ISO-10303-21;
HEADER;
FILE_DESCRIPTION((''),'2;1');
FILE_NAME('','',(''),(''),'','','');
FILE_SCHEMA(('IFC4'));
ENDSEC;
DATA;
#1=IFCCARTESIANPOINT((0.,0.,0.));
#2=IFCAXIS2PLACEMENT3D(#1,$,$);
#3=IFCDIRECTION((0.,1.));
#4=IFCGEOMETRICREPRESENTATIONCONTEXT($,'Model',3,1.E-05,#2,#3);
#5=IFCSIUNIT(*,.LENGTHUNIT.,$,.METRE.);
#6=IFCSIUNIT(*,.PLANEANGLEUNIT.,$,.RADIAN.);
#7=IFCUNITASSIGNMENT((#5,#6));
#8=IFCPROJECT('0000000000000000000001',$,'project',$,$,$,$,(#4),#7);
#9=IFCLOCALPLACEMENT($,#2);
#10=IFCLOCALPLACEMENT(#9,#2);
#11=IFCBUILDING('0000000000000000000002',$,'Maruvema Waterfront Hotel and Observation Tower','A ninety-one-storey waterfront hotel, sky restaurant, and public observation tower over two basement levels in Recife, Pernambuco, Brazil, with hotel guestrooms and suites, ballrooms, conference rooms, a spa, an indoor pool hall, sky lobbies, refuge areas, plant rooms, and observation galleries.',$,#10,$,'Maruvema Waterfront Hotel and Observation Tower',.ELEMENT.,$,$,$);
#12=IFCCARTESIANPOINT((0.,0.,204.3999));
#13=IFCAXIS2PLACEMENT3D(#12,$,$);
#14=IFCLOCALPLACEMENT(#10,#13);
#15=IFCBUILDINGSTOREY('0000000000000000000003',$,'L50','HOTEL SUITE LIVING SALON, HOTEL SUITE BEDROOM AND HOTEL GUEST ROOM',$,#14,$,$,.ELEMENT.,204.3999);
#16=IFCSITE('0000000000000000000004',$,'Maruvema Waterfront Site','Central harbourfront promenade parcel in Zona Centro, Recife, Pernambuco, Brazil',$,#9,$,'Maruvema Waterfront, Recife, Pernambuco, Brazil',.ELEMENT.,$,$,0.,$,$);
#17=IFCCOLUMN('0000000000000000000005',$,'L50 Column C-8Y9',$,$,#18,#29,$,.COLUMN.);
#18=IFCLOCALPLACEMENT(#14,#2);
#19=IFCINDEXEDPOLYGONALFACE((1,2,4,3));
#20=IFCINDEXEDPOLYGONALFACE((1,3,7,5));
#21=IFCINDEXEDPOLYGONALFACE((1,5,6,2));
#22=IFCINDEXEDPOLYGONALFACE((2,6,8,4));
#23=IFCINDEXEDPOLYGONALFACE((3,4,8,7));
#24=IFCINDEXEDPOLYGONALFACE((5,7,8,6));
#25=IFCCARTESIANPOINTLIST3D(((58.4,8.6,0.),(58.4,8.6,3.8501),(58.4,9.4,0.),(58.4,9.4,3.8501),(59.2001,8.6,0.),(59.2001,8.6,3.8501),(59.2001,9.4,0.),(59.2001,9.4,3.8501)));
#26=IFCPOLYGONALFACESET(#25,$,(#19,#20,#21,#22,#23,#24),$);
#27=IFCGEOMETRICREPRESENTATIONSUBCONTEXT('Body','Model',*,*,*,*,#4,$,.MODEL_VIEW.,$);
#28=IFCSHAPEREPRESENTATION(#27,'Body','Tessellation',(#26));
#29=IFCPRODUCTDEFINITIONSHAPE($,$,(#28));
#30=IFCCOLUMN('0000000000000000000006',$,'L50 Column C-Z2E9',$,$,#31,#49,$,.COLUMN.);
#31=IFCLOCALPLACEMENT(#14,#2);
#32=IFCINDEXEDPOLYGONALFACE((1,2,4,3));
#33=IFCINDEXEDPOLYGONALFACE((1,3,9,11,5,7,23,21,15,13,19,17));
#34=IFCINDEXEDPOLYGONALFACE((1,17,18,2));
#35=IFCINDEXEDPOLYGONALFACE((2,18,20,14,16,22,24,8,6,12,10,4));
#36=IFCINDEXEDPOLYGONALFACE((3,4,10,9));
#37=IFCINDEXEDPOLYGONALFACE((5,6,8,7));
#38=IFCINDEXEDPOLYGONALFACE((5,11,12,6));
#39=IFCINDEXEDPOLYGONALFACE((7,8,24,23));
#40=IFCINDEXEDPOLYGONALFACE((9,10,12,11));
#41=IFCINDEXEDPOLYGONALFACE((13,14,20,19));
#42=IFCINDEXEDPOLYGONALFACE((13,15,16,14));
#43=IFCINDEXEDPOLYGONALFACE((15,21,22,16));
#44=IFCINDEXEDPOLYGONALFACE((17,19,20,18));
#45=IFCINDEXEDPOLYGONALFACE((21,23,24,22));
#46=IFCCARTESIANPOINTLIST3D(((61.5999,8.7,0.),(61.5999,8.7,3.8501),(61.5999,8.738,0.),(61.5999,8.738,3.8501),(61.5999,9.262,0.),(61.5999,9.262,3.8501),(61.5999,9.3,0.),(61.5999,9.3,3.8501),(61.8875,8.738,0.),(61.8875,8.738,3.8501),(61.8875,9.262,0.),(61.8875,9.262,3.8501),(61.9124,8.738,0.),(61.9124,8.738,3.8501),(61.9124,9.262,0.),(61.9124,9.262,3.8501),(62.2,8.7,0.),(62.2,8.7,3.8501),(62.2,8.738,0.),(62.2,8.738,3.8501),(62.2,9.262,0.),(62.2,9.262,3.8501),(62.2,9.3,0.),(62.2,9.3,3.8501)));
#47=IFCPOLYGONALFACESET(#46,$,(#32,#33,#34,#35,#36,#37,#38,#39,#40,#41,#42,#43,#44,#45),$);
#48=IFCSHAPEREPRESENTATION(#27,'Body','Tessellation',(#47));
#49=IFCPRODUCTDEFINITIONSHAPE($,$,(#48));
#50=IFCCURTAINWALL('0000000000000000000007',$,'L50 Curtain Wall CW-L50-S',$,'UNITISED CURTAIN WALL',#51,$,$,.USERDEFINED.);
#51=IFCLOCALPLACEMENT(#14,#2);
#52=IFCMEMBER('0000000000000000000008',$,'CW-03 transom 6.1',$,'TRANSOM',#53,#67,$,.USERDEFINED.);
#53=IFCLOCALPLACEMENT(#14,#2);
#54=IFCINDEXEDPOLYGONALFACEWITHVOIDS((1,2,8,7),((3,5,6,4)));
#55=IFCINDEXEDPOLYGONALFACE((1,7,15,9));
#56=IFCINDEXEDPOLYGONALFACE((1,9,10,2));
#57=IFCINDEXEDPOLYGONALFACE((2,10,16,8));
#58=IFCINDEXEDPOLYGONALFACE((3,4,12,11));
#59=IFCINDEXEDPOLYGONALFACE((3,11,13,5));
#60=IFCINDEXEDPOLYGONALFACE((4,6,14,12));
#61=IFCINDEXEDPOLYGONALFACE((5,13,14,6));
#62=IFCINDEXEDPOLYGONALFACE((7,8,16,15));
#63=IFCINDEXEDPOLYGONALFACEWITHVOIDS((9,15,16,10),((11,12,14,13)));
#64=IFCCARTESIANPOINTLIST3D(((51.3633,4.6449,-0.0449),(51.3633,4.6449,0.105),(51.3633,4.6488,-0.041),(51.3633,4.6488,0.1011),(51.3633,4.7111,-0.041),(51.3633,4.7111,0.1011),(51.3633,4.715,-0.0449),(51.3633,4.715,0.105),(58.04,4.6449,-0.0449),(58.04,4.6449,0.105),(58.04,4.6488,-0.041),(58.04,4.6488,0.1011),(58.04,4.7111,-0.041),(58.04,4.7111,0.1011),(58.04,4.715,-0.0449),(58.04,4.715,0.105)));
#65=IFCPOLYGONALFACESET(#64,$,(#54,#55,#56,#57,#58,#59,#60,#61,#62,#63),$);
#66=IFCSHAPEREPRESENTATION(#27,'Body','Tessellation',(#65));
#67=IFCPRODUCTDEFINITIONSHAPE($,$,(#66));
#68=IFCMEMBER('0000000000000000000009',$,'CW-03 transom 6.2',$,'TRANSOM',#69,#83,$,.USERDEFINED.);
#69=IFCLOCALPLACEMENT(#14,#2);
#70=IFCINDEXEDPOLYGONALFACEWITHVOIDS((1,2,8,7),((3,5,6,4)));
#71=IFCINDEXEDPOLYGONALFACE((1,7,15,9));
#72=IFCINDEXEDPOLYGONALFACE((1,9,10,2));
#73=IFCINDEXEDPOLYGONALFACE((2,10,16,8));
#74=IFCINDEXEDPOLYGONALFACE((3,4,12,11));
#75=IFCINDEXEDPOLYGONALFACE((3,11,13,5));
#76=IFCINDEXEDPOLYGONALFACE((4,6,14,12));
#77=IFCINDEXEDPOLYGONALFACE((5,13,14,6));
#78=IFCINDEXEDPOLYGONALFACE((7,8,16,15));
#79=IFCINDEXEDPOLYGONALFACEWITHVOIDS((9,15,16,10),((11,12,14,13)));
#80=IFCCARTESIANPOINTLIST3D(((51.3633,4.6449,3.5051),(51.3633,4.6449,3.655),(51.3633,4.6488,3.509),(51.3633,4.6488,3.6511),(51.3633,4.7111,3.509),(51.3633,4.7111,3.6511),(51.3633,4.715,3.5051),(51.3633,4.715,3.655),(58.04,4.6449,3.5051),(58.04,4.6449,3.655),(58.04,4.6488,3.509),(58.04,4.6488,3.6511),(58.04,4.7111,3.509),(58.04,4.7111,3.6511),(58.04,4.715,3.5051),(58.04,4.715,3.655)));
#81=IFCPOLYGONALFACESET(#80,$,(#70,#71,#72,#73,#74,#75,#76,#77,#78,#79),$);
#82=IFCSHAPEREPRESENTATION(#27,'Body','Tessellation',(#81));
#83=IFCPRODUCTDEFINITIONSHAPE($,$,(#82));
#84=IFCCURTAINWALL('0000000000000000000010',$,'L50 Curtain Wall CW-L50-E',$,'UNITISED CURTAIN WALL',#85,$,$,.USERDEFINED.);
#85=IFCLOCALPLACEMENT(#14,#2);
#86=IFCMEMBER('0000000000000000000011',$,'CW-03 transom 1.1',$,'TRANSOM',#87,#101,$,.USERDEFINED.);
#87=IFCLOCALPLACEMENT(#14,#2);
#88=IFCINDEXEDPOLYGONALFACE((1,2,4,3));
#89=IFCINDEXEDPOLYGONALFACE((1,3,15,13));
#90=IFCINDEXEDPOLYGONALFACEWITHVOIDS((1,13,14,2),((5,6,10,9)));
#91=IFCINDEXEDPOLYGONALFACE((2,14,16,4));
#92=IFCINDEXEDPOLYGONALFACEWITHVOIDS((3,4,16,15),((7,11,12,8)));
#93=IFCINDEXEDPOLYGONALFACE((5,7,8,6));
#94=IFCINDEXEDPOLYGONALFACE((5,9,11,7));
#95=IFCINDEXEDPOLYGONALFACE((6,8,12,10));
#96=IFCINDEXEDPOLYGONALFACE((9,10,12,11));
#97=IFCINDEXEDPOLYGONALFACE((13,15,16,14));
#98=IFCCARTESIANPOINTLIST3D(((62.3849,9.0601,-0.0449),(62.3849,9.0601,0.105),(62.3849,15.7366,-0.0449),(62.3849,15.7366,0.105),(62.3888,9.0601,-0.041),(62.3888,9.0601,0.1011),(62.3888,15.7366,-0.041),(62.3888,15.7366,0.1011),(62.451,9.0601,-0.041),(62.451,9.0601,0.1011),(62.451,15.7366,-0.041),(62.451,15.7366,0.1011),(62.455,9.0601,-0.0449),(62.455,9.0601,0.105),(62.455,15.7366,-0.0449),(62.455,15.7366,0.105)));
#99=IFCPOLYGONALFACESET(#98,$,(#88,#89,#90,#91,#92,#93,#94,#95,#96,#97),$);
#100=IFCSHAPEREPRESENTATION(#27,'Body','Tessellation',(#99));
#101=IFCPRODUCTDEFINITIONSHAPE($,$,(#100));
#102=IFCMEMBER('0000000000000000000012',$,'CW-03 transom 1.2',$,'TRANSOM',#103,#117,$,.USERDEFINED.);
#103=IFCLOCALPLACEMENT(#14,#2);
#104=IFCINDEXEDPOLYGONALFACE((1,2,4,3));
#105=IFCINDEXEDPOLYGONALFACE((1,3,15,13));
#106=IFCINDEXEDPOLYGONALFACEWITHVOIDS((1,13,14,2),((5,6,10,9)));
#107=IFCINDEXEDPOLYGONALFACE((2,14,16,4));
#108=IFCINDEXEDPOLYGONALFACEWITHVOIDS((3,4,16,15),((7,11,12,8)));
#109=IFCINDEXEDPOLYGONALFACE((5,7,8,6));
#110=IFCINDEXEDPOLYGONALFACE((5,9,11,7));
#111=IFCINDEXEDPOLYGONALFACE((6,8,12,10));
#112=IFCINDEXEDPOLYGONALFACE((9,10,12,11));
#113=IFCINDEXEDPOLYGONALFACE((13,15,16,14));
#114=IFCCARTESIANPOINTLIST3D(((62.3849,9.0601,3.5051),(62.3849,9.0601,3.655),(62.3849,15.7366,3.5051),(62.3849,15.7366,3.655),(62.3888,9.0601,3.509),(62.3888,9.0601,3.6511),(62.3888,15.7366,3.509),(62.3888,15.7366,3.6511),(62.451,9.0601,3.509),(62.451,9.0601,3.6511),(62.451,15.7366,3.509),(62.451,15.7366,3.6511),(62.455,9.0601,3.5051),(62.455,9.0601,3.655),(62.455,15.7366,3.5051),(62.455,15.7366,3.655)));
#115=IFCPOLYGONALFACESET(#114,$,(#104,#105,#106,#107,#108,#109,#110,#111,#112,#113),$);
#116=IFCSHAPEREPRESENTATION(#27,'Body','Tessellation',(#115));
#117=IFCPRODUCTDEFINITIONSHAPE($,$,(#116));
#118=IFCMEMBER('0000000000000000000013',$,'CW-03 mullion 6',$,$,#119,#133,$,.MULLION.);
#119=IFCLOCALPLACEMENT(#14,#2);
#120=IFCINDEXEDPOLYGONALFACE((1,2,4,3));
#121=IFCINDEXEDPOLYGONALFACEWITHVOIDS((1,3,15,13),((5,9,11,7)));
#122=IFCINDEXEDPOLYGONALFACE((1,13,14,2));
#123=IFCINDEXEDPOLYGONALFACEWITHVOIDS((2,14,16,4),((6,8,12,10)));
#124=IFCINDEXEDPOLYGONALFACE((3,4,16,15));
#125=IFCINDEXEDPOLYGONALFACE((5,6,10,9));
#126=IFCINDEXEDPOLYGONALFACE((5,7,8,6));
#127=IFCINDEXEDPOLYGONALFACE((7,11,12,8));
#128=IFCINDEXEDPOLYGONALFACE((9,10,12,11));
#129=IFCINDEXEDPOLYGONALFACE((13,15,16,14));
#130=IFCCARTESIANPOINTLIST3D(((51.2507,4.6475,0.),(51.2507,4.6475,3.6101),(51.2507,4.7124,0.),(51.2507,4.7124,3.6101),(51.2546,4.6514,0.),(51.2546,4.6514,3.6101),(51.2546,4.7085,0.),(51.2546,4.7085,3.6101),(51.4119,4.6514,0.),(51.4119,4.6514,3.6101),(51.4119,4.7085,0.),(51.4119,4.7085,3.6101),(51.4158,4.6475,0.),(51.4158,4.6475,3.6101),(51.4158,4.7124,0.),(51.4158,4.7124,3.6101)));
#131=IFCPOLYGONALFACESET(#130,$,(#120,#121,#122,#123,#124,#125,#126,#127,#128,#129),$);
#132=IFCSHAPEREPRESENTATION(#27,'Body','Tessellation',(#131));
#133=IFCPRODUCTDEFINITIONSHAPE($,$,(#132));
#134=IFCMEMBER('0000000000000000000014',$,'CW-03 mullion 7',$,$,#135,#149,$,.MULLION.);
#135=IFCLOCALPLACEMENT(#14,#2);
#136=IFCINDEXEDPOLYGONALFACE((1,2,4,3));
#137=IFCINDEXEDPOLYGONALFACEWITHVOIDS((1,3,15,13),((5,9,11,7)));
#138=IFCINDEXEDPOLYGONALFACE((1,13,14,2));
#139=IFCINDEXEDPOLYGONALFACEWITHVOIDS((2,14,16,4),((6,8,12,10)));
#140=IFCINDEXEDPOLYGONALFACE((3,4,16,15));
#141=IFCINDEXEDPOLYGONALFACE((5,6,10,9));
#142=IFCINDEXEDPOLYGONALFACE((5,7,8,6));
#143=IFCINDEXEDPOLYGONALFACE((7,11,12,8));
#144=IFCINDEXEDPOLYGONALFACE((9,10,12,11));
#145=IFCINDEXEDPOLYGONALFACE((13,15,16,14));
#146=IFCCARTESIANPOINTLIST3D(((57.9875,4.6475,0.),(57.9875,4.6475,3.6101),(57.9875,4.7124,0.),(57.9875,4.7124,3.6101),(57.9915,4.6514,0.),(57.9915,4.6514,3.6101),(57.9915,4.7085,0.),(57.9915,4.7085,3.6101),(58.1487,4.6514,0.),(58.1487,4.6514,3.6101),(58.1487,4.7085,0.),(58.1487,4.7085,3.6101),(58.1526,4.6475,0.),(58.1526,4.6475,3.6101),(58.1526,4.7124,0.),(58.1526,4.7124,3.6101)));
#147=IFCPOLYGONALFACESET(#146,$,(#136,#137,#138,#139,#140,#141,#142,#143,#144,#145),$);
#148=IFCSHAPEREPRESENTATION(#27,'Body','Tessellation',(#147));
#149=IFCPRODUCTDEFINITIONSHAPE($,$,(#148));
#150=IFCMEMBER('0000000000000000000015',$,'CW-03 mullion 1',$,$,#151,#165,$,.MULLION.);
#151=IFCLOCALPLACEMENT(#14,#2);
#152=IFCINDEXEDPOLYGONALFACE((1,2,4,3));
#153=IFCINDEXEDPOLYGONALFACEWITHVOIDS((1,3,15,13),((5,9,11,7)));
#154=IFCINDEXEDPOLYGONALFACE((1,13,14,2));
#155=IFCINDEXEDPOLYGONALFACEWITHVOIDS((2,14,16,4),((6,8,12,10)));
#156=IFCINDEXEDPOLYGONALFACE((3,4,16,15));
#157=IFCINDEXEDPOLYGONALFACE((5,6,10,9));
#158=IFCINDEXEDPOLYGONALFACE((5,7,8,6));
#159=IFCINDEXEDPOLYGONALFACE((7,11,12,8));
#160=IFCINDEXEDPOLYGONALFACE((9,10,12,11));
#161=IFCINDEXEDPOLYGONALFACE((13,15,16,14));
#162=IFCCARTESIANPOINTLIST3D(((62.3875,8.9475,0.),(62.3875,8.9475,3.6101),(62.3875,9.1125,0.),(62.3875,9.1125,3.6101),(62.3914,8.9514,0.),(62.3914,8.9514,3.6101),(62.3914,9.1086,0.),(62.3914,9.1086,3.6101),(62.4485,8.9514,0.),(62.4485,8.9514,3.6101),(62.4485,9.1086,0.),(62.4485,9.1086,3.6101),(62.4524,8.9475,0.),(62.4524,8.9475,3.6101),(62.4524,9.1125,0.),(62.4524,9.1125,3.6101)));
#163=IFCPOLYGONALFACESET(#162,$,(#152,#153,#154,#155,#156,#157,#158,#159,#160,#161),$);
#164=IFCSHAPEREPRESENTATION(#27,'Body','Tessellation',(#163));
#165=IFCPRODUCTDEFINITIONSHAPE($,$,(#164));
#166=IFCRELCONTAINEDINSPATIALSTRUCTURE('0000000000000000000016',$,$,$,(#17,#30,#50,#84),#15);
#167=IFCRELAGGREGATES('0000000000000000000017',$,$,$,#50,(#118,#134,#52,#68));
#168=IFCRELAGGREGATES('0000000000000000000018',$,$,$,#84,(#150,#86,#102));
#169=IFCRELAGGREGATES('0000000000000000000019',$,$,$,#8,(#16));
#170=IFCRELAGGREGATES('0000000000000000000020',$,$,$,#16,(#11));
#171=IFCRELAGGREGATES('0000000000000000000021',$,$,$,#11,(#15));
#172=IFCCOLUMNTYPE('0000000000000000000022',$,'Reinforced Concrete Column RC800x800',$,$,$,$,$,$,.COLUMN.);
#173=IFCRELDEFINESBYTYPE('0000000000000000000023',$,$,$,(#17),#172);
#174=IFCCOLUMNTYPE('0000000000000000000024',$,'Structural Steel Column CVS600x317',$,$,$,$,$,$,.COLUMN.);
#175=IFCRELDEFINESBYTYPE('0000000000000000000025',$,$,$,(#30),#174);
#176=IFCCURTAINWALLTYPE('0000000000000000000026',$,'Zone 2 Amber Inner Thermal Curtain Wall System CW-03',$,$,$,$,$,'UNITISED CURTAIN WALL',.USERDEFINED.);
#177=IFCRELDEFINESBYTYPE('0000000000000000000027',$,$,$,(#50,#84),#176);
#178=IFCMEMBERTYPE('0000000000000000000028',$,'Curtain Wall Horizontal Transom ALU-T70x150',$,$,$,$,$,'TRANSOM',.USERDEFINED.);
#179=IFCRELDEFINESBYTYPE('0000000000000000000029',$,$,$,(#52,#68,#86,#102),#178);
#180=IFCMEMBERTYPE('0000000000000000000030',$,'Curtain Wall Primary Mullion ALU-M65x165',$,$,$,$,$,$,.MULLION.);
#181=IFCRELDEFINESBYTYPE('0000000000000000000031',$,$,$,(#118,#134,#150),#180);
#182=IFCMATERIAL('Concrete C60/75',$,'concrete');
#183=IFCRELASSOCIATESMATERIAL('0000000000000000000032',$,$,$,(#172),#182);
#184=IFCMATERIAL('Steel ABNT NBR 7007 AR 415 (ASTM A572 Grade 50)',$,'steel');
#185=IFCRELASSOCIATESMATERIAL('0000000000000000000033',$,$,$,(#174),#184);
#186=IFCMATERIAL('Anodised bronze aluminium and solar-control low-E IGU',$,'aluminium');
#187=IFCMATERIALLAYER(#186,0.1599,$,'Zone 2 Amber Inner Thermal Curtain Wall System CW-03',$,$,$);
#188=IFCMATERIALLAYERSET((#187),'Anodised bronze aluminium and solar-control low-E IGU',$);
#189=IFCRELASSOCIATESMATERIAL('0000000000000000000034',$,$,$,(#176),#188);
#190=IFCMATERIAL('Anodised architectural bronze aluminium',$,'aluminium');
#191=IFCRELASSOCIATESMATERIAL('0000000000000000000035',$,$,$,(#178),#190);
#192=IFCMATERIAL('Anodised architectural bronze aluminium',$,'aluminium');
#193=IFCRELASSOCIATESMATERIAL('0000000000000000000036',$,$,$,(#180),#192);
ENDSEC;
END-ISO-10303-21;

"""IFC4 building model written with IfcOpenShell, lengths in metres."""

from ifc_helpers import new_model, si_unit, direction, frame, origin, origin_2d, place, context, subcontext, project, spatial, rectangle, hollow_rectangle, i_section, extrude, material, layer, layer_set, material_profile, profile_set, type_object, element, aggregate, save


model = new_model("IFC4")

# Units and contexts
model_context = context("Model", 3, precision=1e-05, world=origin(), true_north=direction((0.0, 1.0)))
body_context = subcontext(model_context, "Body", "Model", "MODEL_VIEW")
ifc_project = project(units=[si_unit("LENGTHUNIT", "METRE"), si_unit("PLANEANGLEUNIT", "RADIAN")], contexts=[model_context])

# Site, building, storey
site_placement = place(None, origin())
site = spatial("IfcSite", under=ifc_project, at=site_placement, Name="Maruvema Waterfront Site", Description="Central harbourfront promenade parcel in Zona Centro, Recife, Pernambuco, Brazil", LongName="Maruvema Waterfront, Recife, Pernambuco, Brazil", CompositionType="ELEMENT", RefElevation=0.0)
building_placement = place(site_placement, origin())
building = spatial("IfcBuilding", under=site, at=building_placement, Name="Maruvema Waterfront Hotel and Observation Tower", Description="A ninety-one-storey waterfront hotel, sky restaurant, and public observation tower over two basement levels in Recife, Pernambuco, Brazil, with hotel guestrooms and suites, ballrooms, conference rooms, a spa, an indoor pool hall, sky lobbies, refuge areas, plant rooms, and observation galleries.", LongName="Maruvema Waterfront Hotel and Observation Tower", CompositionType="ELEMENT")
storey_placement = place(building_placement, frame((0.0, 0.0, 204.3999)))
storey = spatial("IfcBuildingStorey", under=building, at=storey_placement, Name="L50", Description="HOTEL SUITE LIVING SALON, HOTEL SUITE BEDROOM AND HOTEL GUEST ROOM", CompositionType="ELEMENT", Elevation=204.3999)

# Columns
ifc_material_1 = material(Name="Concrete C60/75", Category="concrete")
ifc_material_profile_1 = material_profile(ifc_material_1, rectangle(XDim=0.8, YDim=0.8, at=origin_2d()), Name="RC800x800")
ifc_profile_set_1 = profile_set([ifc_material_profile_1], Name="Concrete C60/75")
column_type_1 = type_object("IfcColumnType", Name="Reinforced Concrete Column RC800x800", PredefinedType="COLUMN", material=ifc_profile_set_1)
column_1_placement = place(storey_placement, frame((58.8, 9.0, 0.0), z_axis=(0.0, 0.0, 1.0), x_axis=(1.0, 0.0, 0.0)))
element("IfcColumn", 1, at=column_1_placement, inside=storey, type_object=column_type_1, Name="L50 Column C-8Y9", PredefinedType="COLUMN", context=body_context, shape_type="SweptSolid", body=[
    extrude(rectangle(XDim=0.8, YDim=0.8, at=origin_2d()), origin(), (0.0, 0.0, 1.0), 3.8501),
])
ifc_material_2 = material(Name="Steel ABNT NBR 7007 AR 415 (ASTM A572 Grade 50)", Category="steel")
ifc_material_profile_2 = material_profile(ifc_material_2, i_section(OverallWidth=0.6001, OverallDepth=0.6001, WebThickness=0.0249, FlangeThickness=0.0381, at=origin_2d()), Name="CVS600x317")
ifc_profile_set_2 = profile_set([ifc_material_profile_2], Name="Steel ABNT NBR 7007 AR 415 (ASTM A572 Grade 50)")
column_type_2 = type_object("IfcColumnType", Name="Structural Steel Column CVS600x317", PredefinedType="COLUMN", material=ifc_profile_set_2)
column_2_placement = place(storey_placement, frame((61.8999, 9.0, 0.0), z_axis=(0.0, 0.0, 1.0), x_axis=(1.0, 0.0, 0.0)))
element("IfcColumn", 2, at=column_2_placement, inside=storey, type_object=column_type_2, Name="L50 Column C-Z2E9", PredefinedType="COLUMN", context=body_context, shape_type="SweptSolid", body=[
    extrude(i_section(OverallWidth=0.6001, OverallDepth=0.6001, WebThickness=0.0249, FlangeThickness=0.0381, at=origin_2d()), origin(), (0.0, 0.0, 1.0), 3.8501),
])

# Curtain walls, members
ifc_material_3 = material(Name="Anodised bronze aluminium and solar-control low-E IGU", Category="aluminium")
ifc_layer_1 = layer(ifc_material_3, 0.1599, Name="Zone 2 Amber Inner Thermal Curtain Wall System CW-03")
ifc_layer_set_1 = layer_set([ifc_layer_1], Name="Anodised bronze aluminium and solar-control low-E IGU")
curtain_wall_type = type_object("IfcCurtainWallType", Name="Zone 2 Amber Inner Thermal Curtain Wall System CW-03", ElementType="UNITISED CURTAIN WALL", PredefinedType="USERDEFINED", material=ifc_layer_set_1)
curtain_wall_1_placement = place(storey_placement, origin())
curtain_wall_1 = element("IfcCurtainWall", 3, at=curtain_wall_1_placement, inside=storey, type_object=curtain_wall_type, Name="L50 Curtain Wall CW-L50-S", ObjectType="UNITISED CURTAIN WALL", PredefinedType="USERDEFINED")
ifc_material_4 = material(Name="Anodised architectural bronze aluminium", Category="aluminium")
ifc_material_profile_3 = material_profile(ifc_material_4, hollow_rectangle(XDim=0.0701, YDim=0.1499, WallThickness=0.0039, at=origin_2d()), Name="ALU-T70x150")
ifc_profile_set_3 = profile_set([ifc_material_profile_3], Name="Anodised architectural bronze aluminium")
member_type_1 = type_object("IfcMemberType", Name="Curtain Wall Horizontal Transom ALU-T70x150", ElementType="TRANSOM", PredefinedType="USERDEFINED", material=ifc_profile_set_3)
member_1_placement = place(storey_placement, frame((51.3633, 4.6799, 0.03), z_axis=(1.0, 0.0, 0.0), x_axis=(0.0, 1.0, 0.0)))
member_1 = element("IfcMember", 4, at=member_1_placement, type_object=member_type_1, Name="CW-03 transom 6.1", ObjectType="TRANSOM", PredefinedType="USERDEFINED", context=body_context, shape_type="SweptSolid", body=[
    extrude(hollow_rectangle(XDim=0.0701, YDim=0.1499, WallThickness=0.0039, at=origin_2d()), origin(), (0.0, 0.0, 1.0), 6.6768),
])
member_2_placement = place(storey_placement, frame((51.3633, 4.6799, 3.5801), z_axis=(1.0, 0.0, 0.0), x_axis=(0.0, 1.0, 0.0)))
member_2 = element("IfcMember", 5, at=member_2_placement, type_object=member_type_1, Name="CW-03 transom 6.2", ObjectType="TRANSOM", PredefinedType="USERDEFINED", context=body_context, shape_type="SweptSolid", body=[
    extrude(hollow_rectangle(XDim=0.0701, YDim=0.1499, WallThickness=0.0039, at=origin_2d()), origin(), (0.0, 0.0, 1.0), 6.6768),
])
curtain_wall_2_placement = place(storey_placement, origin())
curtain_wall_2 = element("IfcCurtainWall", 6, at=curtain_wall_2_placement, inside=storey, type_object=curtain_wall_type, Name="L50 Curtain Wall CW-L50-E", ObjectType="UNITISED CURTAIN WALL", PredefinedType="USERDEFINED")
member_3_placement = place(storey_placement, frame((62.4199, 9.0601, 0.03), z_axis=(0.0, 1.0, 0.0), x_axis=(-1.0, 0.0, 0.0)))
member_3 = element("IfcMember", 7, at=member_3_placement, type_object=member_type_1, Name="CW-03 transom 1.1", ObjectType="TRANSOM", PredefinedType="USERDEFINED", context=body_context, shape_type="SweptSolid", body=[
    extrude(hollow_rectangle(XDim=0.0701, YDim=0.1499, WallThickness=0.0039, at=origin_2d()), origin(), (0.0, 0.0, 1.0), 6.6765),
])
member_4_placement = place(storey_placement, frame((62.4199, 9.0601, 3.5801), z_axis=(0.0, 1.0, 0.0), x_axis=(-1.0, 0.0, 0.0)))
member_4 = element("IfcMember", 8, at=member_4_placement, type_object=member_type_1, Name="CW-03 transom 1.2", ObjectType="TRANSOM", PredefinedType="USERDEFINED", context=body_context, shape_type="SweptSolid", body=[
    extrude(hollow_rectangle(XDim=0.0701, YDim=0.1499, WallThickness=0.0039, at=origin_2d()), origin(), (0.0, 0.0, 1.0), 6.6765),
])

# Members
ifc_material_5 = material(Name="Anodised architectural bronze aluminium", Category="aluminium")
ifc_material_profile_4 = material_profile(ifc_material_5, hollow_rectangle(XDim=0.0649, YDim=0.165, WallThickness=0.0039, at=origin_2d()), Name="ALU-M65x165")
ifc_profile_set_4 = profile_set([ifc_material_profile_4], Name="Anodised architectural bronze aluminium")
member_type_2 = type_object("IfcMemberType", Name="Curtain Wall Primary Mullion ALU-M65x165", PredefinedType="MULLION", material=ifc_profile_set_4)
member_5_placement = place(storey_placement, frame((51.3333, 4.6799, 0.0), z_axis=(0.0, 0.0, 1.0), x_axis=(0.0, 1.0, 0.0)))
member_5 = element("IfcMember", 9, at=member_5_placement, type_object=member_type_2, Name="CW-03 mullion 6", PredefinedType="MULLION", context=body_context, shape_type="SweptSolid", body=[
    extrude(hollow_rectangle(XDim=0.0649, YDim=0.165, WallThickness=0.0039, at=origin_2d()), origin(), (0.0, 0.0, 1.0), 3.6101),
])
member_6_placement = place(storey_placement, frame((58.0701, 4.6799, 0.0), z_axis=(0.0, 0.0, 1.0), x_axis=(0.0, 1.0, 0.0)))
member_6 = element("IfcMember", 10, at=member_6_placement, type_object=member_type_2, Name="CW-03 mullion 7", PredefinedType="MULLION", context=body_context, shape_type="SweptSolid", body=[
    extrude(hollow_rectangle(XDim=0.0649, YDim=0.165, WallThickness=0.0039, at=origin_2d()), origin(), (0.0, 0.0, 1.0), 3.6101),
])
member_7_placement = place(storey_placement, frame((62.4199, 9.03, 0.0), z_axis=(0.0, 0.0, 1.0), x_axis=(-1.0, 0.0, 0.0)))
member_7 = element("IfcMember", 11, at=member_7_placement, type_object=member_type_2, Name="CW-03 mullion 1", PredefinedType="MULLION", context=body_context, shape_type="SweptSolid", body=[
    extrude(hollow_rectangle(XDim=0.0649, YDim=0.165, WallThickness=0.0039, at=origin_2d()), origin(), (0.0, 0.0, 1.0), 3.6101),
])

aggregate(curtain_wall_1, [member_5, member_6, member_1, member_2])
aggregate(curtain_wall_2, [member_7, member_3, member_4])

save(model, "model.ifc")
